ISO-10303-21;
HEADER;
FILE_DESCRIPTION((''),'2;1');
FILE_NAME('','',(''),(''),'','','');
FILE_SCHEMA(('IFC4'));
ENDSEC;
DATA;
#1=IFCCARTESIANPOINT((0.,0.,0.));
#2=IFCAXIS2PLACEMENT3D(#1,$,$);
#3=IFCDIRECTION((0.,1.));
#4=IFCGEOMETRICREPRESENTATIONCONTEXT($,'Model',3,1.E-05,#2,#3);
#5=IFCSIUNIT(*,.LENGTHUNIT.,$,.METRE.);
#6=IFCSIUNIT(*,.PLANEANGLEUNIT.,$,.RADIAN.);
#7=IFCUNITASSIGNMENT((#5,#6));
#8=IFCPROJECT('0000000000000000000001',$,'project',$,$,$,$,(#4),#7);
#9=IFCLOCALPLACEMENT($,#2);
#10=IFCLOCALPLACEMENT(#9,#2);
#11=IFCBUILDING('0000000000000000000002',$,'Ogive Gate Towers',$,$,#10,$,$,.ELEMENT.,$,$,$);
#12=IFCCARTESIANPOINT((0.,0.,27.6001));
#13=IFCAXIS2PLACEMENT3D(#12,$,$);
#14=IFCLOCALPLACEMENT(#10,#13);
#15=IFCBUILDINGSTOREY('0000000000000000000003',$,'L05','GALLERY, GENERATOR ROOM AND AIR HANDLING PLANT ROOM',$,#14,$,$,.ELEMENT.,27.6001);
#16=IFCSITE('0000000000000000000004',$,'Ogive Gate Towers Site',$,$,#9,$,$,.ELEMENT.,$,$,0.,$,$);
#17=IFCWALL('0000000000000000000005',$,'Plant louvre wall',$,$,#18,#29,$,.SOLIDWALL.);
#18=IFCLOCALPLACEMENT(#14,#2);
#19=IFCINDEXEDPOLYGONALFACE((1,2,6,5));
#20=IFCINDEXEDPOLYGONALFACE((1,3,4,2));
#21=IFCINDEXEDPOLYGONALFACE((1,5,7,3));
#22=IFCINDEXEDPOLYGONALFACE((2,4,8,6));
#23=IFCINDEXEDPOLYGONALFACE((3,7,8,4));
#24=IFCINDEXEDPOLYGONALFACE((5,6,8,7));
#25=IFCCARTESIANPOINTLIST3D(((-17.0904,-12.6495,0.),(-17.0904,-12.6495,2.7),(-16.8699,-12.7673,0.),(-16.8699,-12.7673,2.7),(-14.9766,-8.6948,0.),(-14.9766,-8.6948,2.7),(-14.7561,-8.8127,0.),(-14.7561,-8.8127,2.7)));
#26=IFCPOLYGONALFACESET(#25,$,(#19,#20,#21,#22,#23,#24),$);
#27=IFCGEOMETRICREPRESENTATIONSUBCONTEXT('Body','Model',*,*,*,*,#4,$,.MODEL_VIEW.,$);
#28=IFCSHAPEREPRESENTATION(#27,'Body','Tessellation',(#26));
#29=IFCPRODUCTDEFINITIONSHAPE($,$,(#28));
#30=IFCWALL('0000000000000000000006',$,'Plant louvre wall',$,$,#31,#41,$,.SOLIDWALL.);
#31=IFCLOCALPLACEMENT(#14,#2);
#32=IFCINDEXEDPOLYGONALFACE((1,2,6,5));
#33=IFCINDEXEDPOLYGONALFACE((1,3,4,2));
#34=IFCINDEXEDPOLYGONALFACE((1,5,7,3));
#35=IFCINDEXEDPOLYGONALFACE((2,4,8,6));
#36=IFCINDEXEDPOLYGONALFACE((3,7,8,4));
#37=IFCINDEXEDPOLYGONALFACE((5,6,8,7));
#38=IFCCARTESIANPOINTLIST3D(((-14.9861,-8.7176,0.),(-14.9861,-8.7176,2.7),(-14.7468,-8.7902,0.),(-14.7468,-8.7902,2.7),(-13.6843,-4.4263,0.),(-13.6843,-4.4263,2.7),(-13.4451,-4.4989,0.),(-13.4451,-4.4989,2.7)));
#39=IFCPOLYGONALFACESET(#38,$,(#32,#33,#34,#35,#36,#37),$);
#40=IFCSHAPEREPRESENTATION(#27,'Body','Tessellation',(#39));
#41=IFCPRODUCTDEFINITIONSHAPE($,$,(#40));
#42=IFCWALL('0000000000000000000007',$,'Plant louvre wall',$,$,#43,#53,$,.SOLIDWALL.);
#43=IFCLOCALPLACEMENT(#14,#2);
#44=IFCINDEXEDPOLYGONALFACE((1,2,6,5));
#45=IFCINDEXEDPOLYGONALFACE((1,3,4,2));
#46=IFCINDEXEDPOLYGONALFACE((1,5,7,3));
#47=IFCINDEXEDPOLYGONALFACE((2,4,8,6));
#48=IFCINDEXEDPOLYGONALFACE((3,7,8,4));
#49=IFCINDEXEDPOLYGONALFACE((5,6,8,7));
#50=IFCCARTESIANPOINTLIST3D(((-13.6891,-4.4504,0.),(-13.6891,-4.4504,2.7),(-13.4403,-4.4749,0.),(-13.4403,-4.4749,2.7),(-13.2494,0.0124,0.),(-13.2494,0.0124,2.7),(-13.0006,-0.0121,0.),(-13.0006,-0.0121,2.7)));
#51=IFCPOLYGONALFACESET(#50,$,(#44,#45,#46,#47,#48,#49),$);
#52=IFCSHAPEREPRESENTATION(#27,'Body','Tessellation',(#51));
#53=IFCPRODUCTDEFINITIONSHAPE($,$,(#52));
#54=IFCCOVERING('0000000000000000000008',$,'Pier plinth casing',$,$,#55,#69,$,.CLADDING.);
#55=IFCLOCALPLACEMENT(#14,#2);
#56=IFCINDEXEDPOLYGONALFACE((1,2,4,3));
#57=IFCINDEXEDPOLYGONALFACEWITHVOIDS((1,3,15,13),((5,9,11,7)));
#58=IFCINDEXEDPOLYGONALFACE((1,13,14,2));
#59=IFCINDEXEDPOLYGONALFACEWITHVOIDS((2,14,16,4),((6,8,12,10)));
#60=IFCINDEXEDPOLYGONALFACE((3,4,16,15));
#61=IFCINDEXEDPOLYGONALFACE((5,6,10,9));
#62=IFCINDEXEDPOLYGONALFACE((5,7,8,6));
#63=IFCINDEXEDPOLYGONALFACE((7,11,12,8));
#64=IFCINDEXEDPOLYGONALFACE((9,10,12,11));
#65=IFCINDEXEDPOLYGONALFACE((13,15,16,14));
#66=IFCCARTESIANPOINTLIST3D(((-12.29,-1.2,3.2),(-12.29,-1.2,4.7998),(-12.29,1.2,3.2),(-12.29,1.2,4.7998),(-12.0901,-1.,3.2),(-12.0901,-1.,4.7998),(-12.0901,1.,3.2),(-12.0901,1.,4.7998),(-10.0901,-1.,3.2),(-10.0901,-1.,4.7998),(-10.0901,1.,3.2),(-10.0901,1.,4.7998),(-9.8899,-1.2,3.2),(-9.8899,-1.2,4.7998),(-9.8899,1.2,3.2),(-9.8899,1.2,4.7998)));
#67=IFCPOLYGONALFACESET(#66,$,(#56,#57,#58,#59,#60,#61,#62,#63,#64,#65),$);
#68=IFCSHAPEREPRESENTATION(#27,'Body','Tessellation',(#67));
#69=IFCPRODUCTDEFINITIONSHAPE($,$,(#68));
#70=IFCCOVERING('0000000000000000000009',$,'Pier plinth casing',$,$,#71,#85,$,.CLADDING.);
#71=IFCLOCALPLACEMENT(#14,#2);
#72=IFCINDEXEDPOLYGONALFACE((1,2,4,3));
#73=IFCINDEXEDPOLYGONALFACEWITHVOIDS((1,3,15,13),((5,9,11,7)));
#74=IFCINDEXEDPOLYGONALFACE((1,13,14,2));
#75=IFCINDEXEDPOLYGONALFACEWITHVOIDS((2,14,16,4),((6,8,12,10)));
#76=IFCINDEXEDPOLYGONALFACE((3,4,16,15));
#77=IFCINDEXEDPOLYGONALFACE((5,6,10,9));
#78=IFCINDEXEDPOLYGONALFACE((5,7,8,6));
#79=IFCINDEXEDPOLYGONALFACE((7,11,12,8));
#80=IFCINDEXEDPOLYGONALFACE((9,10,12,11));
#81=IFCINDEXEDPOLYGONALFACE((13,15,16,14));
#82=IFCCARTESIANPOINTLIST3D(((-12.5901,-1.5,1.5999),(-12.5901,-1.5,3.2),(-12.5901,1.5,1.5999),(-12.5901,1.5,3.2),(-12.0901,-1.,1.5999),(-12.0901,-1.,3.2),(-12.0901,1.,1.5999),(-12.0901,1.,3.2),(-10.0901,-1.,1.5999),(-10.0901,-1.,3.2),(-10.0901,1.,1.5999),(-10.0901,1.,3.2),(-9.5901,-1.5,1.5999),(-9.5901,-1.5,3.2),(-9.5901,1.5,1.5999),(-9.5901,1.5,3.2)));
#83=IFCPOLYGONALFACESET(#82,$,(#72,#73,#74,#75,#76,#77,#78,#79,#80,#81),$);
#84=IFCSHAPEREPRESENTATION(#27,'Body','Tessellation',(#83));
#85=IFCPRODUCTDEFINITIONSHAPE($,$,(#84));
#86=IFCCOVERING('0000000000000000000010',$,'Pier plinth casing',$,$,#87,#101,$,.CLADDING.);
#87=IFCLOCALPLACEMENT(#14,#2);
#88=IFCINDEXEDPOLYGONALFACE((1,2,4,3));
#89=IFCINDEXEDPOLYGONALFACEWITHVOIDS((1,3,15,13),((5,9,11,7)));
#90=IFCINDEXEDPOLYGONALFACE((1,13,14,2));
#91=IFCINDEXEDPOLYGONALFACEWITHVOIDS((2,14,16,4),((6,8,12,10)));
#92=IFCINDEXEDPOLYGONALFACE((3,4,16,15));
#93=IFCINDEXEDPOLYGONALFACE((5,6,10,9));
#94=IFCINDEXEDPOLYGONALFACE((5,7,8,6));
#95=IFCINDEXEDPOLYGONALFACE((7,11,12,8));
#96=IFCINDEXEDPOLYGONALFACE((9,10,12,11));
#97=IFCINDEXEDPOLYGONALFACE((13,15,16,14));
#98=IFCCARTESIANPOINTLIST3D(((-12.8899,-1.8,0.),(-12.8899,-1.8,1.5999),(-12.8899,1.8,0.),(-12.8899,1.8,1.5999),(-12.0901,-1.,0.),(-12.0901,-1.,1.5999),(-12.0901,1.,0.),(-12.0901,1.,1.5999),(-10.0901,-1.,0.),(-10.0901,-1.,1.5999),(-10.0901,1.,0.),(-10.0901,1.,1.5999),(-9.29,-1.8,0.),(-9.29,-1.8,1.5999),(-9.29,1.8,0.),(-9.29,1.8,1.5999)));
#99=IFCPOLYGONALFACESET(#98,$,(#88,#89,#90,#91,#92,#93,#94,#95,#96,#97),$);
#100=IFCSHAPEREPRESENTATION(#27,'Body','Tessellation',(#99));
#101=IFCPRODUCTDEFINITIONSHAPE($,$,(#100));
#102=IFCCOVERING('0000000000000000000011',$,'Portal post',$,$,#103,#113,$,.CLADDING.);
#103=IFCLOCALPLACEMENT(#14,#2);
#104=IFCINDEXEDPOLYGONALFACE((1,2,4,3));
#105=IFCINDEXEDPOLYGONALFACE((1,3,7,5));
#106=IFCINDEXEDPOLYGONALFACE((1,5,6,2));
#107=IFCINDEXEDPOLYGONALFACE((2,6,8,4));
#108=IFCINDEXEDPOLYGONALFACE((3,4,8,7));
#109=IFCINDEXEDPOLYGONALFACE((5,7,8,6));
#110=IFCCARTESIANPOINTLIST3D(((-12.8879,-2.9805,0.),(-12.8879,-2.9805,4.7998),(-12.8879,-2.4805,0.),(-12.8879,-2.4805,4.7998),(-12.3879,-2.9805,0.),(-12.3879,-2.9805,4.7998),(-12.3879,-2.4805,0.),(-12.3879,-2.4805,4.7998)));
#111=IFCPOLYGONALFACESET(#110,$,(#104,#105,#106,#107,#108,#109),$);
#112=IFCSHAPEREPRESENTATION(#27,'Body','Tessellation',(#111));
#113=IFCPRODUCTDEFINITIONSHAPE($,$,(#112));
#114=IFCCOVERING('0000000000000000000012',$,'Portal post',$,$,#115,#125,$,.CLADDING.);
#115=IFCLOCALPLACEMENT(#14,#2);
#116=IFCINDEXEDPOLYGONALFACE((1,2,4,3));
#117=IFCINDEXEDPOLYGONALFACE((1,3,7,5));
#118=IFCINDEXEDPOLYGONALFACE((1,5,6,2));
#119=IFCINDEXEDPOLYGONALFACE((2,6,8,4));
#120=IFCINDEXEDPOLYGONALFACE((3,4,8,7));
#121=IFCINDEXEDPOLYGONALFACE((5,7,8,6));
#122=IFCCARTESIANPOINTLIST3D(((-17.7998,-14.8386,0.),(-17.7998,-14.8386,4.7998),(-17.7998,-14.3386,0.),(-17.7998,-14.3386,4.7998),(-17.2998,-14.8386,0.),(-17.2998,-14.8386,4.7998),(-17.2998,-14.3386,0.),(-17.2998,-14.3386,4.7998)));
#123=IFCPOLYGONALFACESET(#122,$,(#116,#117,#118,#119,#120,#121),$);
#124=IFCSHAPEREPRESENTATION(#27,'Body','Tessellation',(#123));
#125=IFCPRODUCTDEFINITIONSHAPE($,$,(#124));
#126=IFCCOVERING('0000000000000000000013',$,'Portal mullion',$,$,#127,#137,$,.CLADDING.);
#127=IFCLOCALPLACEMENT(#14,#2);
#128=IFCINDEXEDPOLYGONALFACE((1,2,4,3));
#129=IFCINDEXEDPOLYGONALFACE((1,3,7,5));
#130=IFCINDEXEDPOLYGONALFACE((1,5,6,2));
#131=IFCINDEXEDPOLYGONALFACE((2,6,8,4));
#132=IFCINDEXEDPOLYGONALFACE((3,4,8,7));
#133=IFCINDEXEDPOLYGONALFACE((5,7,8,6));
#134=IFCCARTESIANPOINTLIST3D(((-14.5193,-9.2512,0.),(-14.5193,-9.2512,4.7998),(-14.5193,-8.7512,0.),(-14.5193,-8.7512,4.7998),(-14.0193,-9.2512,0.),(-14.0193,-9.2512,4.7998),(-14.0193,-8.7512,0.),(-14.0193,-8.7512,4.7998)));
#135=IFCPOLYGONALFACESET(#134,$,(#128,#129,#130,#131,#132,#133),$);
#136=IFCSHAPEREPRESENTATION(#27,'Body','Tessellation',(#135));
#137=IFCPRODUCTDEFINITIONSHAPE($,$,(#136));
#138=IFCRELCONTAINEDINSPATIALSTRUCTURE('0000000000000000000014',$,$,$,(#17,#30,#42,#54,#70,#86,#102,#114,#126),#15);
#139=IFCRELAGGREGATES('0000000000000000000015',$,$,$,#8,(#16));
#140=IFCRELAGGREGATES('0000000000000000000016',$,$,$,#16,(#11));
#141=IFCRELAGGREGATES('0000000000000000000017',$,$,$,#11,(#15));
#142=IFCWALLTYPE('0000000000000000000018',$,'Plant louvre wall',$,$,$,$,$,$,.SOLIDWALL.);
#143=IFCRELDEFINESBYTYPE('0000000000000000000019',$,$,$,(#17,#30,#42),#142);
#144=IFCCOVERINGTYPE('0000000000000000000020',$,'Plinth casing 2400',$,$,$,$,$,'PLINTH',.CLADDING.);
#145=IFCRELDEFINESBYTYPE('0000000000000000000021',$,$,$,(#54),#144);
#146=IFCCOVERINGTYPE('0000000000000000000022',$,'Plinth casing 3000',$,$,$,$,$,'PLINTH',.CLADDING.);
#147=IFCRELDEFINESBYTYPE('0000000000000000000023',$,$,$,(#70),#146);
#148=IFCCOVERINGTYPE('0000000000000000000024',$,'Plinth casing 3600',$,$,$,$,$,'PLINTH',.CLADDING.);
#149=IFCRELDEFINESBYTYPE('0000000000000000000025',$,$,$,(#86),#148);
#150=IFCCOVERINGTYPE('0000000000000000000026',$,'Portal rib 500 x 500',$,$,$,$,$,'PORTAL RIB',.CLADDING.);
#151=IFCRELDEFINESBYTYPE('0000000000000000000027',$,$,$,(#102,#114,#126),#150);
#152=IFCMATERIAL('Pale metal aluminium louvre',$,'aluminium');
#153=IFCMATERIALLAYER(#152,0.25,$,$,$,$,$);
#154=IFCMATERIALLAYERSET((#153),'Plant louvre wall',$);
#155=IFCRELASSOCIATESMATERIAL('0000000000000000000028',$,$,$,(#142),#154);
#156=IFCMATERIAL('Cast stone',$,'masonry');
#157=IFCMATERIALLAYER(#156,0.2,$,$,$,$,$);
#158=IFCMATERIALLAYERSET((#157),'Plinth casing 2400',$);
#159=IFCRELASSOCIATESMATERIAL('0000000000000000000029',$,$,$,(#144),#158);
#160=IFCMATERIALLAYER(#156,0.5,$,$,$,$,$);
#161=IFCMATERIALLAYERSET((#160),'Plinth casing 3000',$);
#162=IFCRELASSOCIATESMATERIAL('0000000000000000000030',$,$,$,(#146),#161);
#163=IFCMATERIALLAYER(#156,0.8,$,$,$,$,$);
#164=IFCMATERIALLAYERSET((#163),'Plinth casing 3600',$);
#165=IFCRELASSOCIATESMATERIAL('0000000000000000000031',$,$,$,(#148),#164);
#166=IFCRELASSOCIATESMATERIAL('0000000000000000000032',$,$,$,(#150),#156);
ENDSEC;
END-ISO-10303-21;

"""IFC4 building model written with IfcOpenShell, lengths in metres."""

from ifc_helpers import new_model, si_unit, direction, frame, frame_2d, origin, origin_2d, place, context, subcontext, project, spatial, polyline, rectangle, outline, extrude, material, layer, layer_set, material_profile, profile_set, type_object, element, save


model = new_model("IFC4")

# Units and contexts
model_context = context("Model", 3, precision=1e-05, world=origin(), true_north=direction((0.0, 1.0)))
body_context = subcontext(model_context, "Body", "Model", "MODEL_VIEW")
ifc_project = project(units=[si_unit("LENGTHUNIT", "METRE"), si_unit("PLANEANGLEUNIT", "RADIAN")], contexts=[model_context])

# Site, building, storey
site_placement = place(None, origin())
site = spatial("IfcSite", under=ifc_project, at=site_placement, Name="Ogive Gate Towers Site", CompositionType="ELEMENT", RefElevation=0.0)
building_placement = place(site_placement, origin())
building = spatial("IfcBuilding", under=site, at=building_placement, Name="Ogive Gate Towers", CompositionType="ELEMENT")
storey_placement = place(building_placement, frame((0.0, 0.0, 27.6001)))
storey = spatial("IfcBuildingStorey", under=building, at=storey_placement, Name="L05", Description="GALLERY, GENERATOR ROOM AND AIR HANDLING PLANT ROOM", CompositionType="ELEMENT", Elevation=27.6001)

# Walls
ifc_material_1 = material(Name="Pale metal aluminium louvre", Category="aluminium")
ifc_layer_1 = layer(ifc_material_1, 0.25)
ifc_layer_set_1 = layer_set([ifc_layer_1], Name="Plant louvre wall")
wall_type_1 = type_object("IfcWallType", Name="Plant louvre wall", PredefinedType="SOLIDWALL", material=ifc_layer_set_1)
wall_1_placement = place(storey_placement, frame((-16.9802, -12.7085, 0.0), z_axis=(0.0, 0.0, 1.0), x_axis=(0.471396, 0.881922, 0.0)))
element("IfcWall", 1, at=wall_1_placement, inside=storey, type_object=wall_type_1, Name="Plant louvre wall", PredefinedType="SOLIDWALL", context=body_context, shape_type="SweptSolid", body=[
    extrude(rectangle(XDim=4.4841, YDim=0.25, at=frame_2d((2.2422, 0.0))), origin(), (0.0, 0.0, 1.0), 2.7),
])
for number, where, z_axis, x_axis, name in (
    (2, (-14.8665, -8.7539, 0.0), (0.0, 0.0, 1.0), (0.290288, 0.956939, 0.0), "Plant louvre wall"),
    (3, (-13.5647, -4.4626, 0.0), (0.0, 0.0, 1.0), (0.098054, 0.995181, 0.0), "Plant louvre wall"),
):
    element("IfcWall", number, at=place(storey_placement, frame(where, z_axis=z_axis, x_axis=x_axis)), inside=storey, type_object=wall_type_1, Name=name, PredefinedType="SOLIDWALL", context=body_context, shape_type="SweptSolid", body=[
        extrude(rectangle(XDim=4.4844, YDim=0.25, at=frame_2d((2.2422, 0.0))), origin(), (0.0, 0.0, 1.0), 2.7),
    ])

# Coverings
ifc_material_2 = material(Name="Cast stone", Category="masonry")
ifc_layer_2 = layer(ifc_material_2, 0.2)
ifc_layer_set_2 = layer_set([ifc_layer_2], Name="Plinth casing 2400")
covering_type_1 = type_object("IfcCoveringType", Name="Plinth casing 2400", ElementType="PLINTH", PredefinedType="CLADDING", material=ifc_layer_set_2)
covering_1_placement = place(storey_placement, frame((0.0, 0.0, 3.2)))
element("IfcCovering", 4, at=covering_1_placement, inside=storey, type_object=covering_type_1, Name="Pier plinth casing", PredefinedType="CLADDING", context=body_context, shape_type="SweptSolid", body=[
    extrude(outline(polyline([(-12.29, -1.2), (-9.8899, -1.2), (-9.8899, 1.2), (-12.29, 1.2), (-12.29, -1.2)]), holes=[polyline([(-12.0901, -1.0), (-12.0901, 1.0), (-10.0901, 1.0), (-10.0901, -1.0), (-12.0901, -1.0)])]), origin(), (0.0, 0.0, 1.0), 1.5999),
])
ifc_layer_3 = layer(ifc_material_2, 0.5)
ifc_layer_set_3 = layer_set([ifc_layer_3], Name="Plinth casing 3000")
covering_type_2 = type_object("IfcCoveringType", Name="Plinth casing 3000", ElementType="PLINTH", PredefinedType="CLADDING", material=ifc_layer_set_3)
covering_2_placement = place(storey_placement, frame((0.0, 0.0, 1.5999)))
element("IfcCovering", 5, at=covering_2_placement, inside=storey, type_object=covering_type_2, Name="Pier plinth casing", PredefinedType="CLADDING", context=body_context, shape_type="SweptSolid", body=[
    extrude(outline(polyline([(-12.5901, -1.5), (-9.5901, -1.5), (-9.5901, 1.5), (-12.5901, 1.5), (-12.5901, -1.5)]), holes=[polyline([(-12.0901, -1.0), (-12.0901, 1.0), (-10.0901, 1.0), (-10.0901, -1.0), (-12.0901, -1.0)])]), origin(), (0.0, 0.0, 1.0), 1.6001),
])
ifc_layer_4 = layer(ifc_material_2, 0.8)
ifc_layer_set_4 = layer_set([ifc_layer_4], Name="Plinth casing 3600")
covering_type_3 = type_object("IfcCoveringType", Name="Plinth casing 3600", ElementType="PLINTH", PredefinedType="CLADDING", material=ifc_layer_set_4)
covering_3_placement = place(storey_placement, origin())
element("IfcCovering", 6, at=covering_3_placement, inside=storey, type_object=covering_type_3, Name="Pier plinth casing", PredefinedType="CLADDING", context=body_context, shape_type="SweptSolid", body=[
    extrude(outline(polyline([(-12.8899, -1.8), (-9.29, -1.8), (-9.29, 1.8), (-12.8899, 1.8), (-12.8899, -1.8)]), holes=[polyline([(-12.0901, -1.0), (-12.0901, 1.0), (-10.0901, 1.0), (-10.0901, -1.0), (-12.0901, -1.0)])]), origin(), (0.0, 0.0, 1.0), 1.5999),
])
ifc_material_profile_1 = material_profile(ifc_material_2, rectangle(XDim=0.5, YDim=0.5, at=origin_2d()), Name="500 x 500 cast stone")
ifc_profile_set_1 = profile_set([ifc_material_profile_1], Name="Cast stone")
covering_type_4 = type_object("IfcCoveringType", Name="Portal rib 500 x 500", ElementType="PORTAL RIB", PredefinedType="CLADDING", material=ifc_profile_set_1)
for number, where, z_axis, x_axis, name in (
    (7, (-12.6379, -2.7305, 0.0), (0.0, 0.0, 1.0), (1.0, 0.0, 0.0), "Portal post"),
    (8, (-17.5498, -14.5886, 0.0), (0.0, 0.0, 1.0), (1.0, 0.0, 0.0), "Portal post"),
    (9, (-14.2693, -9.0012, 0.0), (0.0, 0.0, 1.0), (1.0, 0.0, 0.0), "Portal mullion"),
):
    element("IfcCovering", number, at=place(storey_placement, frame(where, z_axis=z_axis, x_axis=x_axis)), inside=storey, type_object=covering_type_4, Name=name, PredefinedType="CLADDING", context=body_context, shape_type="SweptSolid", body=[
        extrude(rectangle(XDim=0.5, YDim=0.5, at=origin_2d()), origin(), (0.0, 0.0, 1.0), 4.7998),
    ])

save(model, "model.ifc")
